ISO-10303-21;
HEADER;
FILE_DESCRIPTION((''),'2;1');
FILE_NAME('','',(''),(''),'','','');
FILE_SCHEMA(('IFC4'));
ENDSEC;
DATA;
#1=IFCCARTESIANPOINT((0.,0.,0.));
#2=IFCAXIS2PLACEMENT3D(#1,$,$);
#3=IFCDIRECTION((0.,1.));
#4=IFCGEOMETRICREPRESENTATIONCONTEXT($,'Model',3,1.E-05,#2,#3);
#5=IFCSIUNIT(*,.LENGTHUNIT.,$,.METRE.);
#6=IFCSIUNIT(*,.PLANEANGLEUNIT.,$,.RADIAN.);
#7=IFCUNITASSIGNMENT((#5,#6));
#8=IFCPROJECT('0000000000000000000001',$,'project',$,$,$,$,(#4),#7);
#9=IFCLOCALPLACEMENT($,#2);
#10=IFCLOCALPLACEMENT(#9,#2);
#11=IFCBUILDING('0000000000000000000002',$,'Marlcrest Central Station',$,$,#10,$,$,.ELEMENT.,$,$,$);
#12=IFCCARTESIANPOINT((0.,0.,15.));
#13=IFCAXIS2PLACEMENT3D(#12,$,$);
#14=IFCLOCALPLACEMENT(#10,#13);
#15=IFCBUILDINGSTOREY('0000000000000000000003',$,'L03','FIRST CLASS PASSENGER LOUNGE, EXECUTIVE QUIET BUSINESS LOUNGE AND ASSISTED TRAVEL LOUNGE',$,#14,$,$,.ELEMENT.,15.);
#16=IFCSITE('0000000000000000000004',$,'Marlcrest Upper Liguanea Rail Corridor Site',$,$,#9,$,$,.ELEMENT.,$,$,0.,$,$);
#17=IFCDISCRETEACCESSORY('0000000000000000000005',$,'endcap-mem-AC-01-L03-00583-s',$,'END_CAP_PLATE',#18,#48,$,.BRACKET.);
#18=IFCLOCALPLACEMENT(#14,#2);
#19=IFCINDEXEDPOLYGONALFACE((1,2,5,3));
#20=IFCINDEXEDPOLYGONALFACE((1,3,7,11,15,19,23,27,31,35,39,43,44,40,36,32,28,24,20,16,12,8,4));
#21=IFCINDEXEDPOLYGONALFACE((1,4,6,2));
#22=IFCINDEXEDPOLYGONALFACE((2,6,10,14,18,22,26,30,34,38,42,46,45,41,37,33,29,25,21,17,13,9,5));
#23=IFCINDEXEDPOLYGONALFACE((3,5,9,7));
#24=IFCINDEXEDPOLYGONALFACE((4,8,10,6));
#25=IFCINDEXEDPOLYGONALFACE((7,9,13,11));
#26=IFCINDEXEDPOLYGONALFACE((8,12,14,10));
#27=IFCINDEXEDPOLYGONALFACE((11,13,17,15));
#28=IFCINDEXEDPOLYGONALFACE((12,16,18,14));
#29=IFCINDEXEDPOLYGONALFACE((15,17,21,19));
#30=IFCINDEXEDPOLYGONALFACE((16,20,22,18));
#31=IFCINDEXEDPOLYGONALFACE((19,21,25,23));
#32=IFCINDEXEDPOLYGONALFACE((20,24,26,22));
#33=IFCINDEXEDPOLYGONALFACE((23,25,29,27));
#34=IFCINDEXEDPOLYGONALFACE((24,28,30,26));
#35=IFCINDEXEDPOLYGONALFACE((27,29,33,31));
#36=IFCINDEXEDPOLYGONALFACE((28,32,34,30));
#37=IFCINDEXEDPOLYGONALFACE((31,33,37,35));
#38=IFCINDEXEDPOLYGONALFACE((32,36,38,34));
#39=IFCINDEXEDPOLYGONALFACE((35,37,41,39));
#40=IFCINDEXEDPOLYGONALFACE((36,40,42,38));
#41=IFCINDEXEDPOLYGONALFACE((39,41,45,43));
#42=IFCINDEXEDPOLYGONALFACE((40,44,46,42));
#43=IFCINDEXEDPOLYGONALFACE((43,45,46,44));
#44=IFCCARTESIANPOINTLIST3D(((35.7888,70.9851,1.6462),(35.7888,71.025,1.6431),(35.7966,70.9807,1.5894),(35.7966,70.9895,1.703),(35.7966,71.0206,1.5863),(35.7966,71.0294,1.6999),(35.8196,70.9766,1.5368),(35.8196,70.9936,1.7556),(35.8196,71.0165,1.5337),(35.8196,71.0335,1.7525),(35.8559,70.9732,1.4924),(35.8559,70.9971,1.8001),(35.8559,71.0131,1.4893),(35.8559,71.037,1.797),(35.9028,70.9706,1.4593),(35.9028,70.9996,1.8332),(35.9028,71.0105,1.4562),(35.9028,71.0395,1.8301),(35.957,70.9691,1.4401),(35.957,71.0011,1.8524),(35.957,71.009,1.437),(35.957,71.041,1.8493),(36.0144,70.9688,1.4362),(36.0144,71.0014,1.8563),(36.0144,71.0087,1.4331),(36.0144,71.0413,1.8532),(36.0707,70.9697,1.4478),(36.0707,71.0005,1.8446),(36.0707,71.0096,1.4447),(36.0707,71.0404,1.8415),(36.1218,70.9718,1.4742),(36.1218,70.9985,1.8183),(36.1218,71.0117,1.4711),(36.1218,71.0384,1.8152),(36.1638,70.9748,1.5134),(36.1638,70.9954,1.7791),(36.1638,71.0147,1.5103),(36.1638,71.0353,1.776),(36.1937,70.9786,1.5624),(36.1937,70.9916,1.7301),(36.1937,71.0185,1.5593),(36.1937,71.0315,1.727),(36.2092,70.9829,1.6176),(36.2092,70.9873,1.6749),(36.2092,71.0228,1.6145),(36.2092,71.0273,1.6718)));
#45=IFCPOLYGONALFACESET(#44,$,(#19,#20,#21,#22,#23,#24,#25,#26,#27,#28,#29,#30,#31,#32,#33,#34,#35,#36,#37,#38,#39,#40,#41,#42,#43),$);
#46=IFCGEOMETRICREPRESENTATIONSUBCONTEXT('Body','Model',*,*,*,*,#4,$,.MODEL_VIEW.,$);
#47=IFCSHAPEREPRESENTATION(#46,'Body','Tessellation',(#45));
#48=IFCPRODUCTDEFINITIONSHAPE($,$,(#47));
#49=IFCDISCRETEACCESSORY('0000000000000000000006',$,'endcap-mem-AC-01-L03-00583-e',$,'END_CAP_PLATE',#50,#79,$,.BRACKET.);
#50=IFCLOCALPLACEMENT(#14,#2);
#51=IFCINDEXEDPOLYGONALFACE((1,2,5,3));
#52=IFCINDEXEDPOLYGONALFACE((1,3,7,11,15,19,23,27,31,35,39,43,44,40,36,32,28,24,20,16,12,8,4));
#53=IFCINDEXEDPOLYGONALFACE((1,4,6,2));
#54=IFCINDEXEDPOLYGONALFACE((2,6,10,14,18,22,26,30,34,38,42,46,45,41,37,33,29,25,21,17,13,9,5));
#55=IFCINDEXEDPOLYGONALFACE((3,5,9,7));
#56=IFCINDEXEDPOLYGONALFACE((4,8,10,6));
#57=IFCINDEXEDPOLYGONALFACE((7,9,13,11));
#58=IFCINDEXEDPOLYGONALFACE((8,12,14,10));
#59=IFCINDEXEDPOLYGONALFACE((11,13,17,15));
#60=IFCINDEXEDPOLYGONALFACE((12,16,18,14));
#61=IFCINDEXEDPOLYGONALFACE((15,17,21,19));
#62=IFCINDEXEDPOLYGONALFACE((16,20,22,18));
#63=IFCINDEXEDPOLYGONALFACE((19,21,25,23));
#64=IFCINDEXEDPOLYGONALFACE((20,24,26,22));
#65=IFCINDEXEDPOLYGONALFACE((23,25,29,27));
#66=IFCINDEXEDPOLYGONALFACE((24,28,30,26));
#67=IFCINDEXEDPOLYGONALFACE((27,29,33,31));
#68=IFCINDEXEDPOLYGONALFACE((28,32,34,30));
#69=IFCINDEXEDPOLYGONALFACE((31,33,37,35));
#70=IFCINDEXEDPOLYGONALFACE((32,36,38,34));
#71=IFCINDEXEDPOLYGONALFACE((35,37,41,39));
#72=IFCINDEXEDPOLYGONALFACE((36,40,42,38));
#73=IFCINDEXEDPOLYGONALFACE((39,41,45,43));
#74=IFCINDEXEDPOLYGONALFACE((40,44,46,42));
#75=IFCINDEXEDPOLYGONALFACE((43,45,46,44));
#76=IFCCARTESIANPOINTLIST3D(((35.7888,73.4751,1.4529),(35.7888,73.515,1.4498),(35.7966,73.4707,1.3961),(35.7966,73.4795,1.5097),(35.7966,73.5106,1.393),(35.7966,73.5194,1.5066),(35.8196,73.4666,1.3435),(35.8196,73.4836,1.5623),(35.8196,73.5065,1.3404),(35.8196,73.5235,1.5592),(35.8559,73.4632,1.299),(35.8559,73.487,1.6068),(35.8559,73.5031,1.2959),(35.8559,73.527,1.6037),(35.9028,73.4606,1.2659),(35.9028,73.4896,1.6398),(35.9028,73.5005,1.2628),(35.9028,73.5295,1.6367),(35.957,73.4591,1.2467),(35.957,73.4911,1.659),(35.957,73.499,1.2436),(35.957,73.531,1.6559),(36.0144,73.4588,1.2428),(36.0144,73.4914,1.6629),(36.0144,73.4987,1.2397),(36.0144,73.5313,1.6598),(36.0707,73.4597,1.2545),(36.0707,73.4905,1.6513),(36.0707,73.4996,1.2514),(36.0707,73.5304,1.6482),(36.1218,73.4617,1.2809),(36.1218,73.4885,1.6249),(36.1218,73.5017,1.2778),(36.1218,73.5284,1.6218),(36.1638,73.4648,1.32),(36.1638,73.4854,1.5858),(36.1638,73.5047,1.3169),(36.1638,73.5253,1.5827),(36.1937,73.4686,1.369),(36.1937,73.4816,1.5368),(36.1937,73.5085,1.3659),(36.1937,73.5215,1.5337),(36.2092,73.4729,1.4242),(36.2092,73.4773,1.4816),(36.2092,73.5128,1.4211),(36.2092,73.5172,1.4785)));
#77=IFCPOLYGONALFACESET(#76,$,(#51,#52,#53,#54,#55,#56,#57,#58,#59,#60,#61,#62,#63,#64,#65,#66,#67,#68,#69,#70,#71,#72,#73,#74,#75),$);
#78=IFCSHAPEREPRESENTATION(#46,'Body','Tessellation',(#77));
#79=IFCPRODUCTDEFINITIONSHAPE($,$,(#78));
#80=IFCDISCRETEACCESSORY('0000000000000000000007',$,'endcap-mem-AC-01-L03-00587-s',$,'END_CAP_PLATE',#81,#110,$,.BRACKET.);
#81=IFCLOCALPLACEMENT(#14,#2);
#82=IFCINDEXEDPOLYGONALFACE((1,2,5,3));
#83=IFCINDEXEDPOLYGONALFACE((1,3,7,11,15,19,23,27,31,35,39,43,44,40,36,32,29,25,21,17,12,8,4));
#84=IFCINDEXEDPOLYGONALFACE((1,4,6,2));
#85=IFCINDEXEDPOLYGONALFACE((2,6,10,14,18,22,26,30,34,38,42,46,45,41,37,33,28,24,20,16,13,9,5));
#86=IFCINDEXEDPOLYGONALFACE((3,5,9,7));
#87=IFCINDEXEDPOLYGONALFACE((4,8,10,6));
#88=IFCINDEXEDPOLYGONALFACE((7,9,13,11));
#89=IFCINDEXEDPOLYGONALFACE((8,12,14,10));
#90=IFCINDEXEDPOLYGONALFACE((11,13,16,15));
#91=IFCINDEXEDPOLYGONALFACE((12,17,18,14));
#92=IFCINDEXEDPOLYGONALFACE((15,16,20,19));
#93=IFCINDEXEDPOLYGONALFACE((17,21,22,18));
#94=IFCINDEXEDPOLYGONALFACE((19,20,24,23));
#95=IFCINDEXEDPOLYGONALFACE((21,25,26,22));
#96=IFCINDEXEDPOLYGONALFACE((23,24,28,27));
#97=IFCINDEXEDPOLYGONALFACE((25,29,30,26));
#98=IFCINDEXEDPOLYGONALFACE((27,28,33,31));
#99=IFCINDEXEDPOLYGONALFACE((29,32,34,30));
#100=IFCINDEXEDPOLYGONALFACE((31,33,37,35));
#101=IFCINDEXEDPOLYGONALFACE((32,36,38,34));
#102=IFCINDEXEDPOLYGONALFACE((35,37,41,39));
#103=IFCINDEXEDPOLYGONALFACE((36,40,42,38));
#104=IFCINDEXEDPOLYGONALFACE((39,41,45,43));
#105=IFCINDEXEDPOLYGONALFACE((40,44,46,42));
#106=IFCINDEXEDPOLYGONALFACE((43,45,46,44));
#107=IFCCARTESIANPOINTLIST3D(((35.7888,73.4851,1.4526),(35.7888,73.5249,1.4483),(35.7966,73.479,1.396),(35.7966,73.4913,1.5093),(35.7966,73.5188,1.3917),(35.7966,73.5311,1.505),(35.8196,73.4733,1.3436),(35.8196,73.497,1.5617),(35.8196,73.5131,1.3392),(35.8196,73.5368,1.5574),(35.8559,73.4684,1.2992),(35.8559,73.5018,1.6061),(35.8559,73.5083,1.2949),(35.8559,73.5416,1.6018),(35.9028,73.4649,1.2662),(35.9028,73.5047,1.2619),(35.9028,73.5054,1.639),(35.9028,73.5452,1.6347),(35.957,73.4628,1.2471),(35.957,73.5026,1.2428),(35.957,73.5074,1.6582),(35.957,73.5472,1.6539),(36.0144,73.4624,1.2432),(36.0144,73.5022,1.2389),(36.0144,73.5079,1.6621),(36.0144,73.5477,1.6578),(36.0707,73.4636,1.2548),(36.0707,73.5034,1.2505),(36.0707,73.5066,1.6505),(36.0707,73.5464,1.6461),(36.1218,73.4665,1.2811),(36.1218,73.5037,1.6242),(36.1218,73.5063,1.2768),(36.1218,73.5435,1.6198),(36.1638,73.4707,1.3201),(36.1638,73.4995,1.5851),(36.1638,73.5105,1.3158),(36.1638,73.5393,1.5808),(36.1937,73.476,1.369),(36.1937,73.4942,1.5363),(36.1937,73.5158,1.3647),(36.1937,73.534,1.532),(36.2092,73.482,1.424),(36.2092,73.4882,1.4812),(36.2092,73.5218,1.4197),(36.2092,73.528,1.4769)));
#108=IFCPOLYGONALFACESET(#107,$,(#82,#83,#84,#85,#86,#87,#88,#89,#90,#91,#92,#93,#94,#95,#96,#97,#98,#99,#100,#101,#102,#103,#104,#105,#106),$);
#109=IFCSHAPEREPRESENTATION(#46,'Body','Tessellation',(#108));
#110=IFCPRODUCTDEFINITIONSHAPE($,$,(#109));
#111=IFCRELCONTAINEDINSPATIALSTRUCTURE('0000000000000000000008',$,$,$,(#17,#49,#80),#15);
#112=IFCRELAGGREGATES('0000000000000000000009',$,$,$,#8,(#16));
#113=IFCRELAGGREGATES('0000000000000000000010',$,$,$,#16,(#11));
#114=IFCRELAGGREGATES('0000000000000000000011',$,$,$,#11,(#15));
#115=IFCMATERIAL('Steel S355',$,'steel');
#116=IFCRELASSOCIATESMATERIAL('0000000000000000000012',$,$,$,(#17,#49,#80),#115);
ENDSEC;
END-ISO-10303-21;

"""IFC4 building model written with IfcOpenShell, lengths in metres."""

from ifc_helpers import new_model, si_unit, direction, frame, origin, origin_2d, place, context, subcontext, project, spatial, circle, extrude, material, element, save


model = new_model("IFC4")

# Units and contexts
model_context = context("Model", 3, precision=1e-05, world=origin(), true_north=direction((0.0, 1.0)))
body_context = subcontext(model_context, "Body", "Model", "MODEL_VIEW")
ifc_project = project(units=[si_unit("LENGTHUNIT", "METRE"), si_unit("PLANEANGLEUNIT", "RADIAN")], contexts=[model_context])

# Site, building, storey
site_placement = place(None, origin())
site = spatial("IfcSite", under=ifc_project, at=site_placement, Name="Marlcrest Upper Liguanea Rail Corridor Site", CompositionType="ELEMENT", RefElevation=0.0)
building_placement = place(site_placement, origin())
building = spatial("IfcBuilding", under=site, at=building_placement, Name="Marlcrest Central Station", CompositionType="ELEMENT")
storey_placement = place(building_placement, frame((0.0, 0.0, 15.0)))
storey = spatial("IfcBuildingStorey", under=building, at=storey_placement, Name="L03", Description="FIRST CLASS PASSENGER LOUNGE, EXECUTIVE QUIET BUSINESS LOUNGE AND ASSISTED TRAVEL LOUNGE", CompositionType="ELEMENT", Elevation=15.0)

# Shared definitions
ifc_material_1 = material(Name="Steel S355", Category="steel")

# Discrete accessories
for number, where, z_axis, x_axis, name in (
    (1, (36.0, 70.9851, 1.6462), (0.0, 0.997, -0.077404), (-1.0, 0.0, 0.0), "endcap-mem-AC-01-L03-00583-s"),
    (2, (36.0, 73.4751, 1.4529), (0.0, 0.997, -0.077404), (-1.0, 0.0, 0.0), "endcap-mem-AC-01-L03-00583-e"),
    (3, (36.0, 73.4851, 1.4526), (0.0, 0.994155, -0.107959), (-1.0, 0.0, 0.0), "endcap-mem-AC-01-L03-00587-s"),
):
    element("IfcDiscreteAccessory", number, at=place(storey_placement, frame(where, z_axis=z_axis, x_axis=x_axis)), inside=storey, material=ifc_material_1, Name=name, ObjectType="END_CAP_PLATE", PredefinedType="BRACKET", context=body_context, shape_type="SweptSolid", body=[
        extrude(circle(Radius=0.2112, at=origin_2d()), origin(), (0.0, 0.0, 1.0), 0.04),
    ])

save(model, "model.ifc")
